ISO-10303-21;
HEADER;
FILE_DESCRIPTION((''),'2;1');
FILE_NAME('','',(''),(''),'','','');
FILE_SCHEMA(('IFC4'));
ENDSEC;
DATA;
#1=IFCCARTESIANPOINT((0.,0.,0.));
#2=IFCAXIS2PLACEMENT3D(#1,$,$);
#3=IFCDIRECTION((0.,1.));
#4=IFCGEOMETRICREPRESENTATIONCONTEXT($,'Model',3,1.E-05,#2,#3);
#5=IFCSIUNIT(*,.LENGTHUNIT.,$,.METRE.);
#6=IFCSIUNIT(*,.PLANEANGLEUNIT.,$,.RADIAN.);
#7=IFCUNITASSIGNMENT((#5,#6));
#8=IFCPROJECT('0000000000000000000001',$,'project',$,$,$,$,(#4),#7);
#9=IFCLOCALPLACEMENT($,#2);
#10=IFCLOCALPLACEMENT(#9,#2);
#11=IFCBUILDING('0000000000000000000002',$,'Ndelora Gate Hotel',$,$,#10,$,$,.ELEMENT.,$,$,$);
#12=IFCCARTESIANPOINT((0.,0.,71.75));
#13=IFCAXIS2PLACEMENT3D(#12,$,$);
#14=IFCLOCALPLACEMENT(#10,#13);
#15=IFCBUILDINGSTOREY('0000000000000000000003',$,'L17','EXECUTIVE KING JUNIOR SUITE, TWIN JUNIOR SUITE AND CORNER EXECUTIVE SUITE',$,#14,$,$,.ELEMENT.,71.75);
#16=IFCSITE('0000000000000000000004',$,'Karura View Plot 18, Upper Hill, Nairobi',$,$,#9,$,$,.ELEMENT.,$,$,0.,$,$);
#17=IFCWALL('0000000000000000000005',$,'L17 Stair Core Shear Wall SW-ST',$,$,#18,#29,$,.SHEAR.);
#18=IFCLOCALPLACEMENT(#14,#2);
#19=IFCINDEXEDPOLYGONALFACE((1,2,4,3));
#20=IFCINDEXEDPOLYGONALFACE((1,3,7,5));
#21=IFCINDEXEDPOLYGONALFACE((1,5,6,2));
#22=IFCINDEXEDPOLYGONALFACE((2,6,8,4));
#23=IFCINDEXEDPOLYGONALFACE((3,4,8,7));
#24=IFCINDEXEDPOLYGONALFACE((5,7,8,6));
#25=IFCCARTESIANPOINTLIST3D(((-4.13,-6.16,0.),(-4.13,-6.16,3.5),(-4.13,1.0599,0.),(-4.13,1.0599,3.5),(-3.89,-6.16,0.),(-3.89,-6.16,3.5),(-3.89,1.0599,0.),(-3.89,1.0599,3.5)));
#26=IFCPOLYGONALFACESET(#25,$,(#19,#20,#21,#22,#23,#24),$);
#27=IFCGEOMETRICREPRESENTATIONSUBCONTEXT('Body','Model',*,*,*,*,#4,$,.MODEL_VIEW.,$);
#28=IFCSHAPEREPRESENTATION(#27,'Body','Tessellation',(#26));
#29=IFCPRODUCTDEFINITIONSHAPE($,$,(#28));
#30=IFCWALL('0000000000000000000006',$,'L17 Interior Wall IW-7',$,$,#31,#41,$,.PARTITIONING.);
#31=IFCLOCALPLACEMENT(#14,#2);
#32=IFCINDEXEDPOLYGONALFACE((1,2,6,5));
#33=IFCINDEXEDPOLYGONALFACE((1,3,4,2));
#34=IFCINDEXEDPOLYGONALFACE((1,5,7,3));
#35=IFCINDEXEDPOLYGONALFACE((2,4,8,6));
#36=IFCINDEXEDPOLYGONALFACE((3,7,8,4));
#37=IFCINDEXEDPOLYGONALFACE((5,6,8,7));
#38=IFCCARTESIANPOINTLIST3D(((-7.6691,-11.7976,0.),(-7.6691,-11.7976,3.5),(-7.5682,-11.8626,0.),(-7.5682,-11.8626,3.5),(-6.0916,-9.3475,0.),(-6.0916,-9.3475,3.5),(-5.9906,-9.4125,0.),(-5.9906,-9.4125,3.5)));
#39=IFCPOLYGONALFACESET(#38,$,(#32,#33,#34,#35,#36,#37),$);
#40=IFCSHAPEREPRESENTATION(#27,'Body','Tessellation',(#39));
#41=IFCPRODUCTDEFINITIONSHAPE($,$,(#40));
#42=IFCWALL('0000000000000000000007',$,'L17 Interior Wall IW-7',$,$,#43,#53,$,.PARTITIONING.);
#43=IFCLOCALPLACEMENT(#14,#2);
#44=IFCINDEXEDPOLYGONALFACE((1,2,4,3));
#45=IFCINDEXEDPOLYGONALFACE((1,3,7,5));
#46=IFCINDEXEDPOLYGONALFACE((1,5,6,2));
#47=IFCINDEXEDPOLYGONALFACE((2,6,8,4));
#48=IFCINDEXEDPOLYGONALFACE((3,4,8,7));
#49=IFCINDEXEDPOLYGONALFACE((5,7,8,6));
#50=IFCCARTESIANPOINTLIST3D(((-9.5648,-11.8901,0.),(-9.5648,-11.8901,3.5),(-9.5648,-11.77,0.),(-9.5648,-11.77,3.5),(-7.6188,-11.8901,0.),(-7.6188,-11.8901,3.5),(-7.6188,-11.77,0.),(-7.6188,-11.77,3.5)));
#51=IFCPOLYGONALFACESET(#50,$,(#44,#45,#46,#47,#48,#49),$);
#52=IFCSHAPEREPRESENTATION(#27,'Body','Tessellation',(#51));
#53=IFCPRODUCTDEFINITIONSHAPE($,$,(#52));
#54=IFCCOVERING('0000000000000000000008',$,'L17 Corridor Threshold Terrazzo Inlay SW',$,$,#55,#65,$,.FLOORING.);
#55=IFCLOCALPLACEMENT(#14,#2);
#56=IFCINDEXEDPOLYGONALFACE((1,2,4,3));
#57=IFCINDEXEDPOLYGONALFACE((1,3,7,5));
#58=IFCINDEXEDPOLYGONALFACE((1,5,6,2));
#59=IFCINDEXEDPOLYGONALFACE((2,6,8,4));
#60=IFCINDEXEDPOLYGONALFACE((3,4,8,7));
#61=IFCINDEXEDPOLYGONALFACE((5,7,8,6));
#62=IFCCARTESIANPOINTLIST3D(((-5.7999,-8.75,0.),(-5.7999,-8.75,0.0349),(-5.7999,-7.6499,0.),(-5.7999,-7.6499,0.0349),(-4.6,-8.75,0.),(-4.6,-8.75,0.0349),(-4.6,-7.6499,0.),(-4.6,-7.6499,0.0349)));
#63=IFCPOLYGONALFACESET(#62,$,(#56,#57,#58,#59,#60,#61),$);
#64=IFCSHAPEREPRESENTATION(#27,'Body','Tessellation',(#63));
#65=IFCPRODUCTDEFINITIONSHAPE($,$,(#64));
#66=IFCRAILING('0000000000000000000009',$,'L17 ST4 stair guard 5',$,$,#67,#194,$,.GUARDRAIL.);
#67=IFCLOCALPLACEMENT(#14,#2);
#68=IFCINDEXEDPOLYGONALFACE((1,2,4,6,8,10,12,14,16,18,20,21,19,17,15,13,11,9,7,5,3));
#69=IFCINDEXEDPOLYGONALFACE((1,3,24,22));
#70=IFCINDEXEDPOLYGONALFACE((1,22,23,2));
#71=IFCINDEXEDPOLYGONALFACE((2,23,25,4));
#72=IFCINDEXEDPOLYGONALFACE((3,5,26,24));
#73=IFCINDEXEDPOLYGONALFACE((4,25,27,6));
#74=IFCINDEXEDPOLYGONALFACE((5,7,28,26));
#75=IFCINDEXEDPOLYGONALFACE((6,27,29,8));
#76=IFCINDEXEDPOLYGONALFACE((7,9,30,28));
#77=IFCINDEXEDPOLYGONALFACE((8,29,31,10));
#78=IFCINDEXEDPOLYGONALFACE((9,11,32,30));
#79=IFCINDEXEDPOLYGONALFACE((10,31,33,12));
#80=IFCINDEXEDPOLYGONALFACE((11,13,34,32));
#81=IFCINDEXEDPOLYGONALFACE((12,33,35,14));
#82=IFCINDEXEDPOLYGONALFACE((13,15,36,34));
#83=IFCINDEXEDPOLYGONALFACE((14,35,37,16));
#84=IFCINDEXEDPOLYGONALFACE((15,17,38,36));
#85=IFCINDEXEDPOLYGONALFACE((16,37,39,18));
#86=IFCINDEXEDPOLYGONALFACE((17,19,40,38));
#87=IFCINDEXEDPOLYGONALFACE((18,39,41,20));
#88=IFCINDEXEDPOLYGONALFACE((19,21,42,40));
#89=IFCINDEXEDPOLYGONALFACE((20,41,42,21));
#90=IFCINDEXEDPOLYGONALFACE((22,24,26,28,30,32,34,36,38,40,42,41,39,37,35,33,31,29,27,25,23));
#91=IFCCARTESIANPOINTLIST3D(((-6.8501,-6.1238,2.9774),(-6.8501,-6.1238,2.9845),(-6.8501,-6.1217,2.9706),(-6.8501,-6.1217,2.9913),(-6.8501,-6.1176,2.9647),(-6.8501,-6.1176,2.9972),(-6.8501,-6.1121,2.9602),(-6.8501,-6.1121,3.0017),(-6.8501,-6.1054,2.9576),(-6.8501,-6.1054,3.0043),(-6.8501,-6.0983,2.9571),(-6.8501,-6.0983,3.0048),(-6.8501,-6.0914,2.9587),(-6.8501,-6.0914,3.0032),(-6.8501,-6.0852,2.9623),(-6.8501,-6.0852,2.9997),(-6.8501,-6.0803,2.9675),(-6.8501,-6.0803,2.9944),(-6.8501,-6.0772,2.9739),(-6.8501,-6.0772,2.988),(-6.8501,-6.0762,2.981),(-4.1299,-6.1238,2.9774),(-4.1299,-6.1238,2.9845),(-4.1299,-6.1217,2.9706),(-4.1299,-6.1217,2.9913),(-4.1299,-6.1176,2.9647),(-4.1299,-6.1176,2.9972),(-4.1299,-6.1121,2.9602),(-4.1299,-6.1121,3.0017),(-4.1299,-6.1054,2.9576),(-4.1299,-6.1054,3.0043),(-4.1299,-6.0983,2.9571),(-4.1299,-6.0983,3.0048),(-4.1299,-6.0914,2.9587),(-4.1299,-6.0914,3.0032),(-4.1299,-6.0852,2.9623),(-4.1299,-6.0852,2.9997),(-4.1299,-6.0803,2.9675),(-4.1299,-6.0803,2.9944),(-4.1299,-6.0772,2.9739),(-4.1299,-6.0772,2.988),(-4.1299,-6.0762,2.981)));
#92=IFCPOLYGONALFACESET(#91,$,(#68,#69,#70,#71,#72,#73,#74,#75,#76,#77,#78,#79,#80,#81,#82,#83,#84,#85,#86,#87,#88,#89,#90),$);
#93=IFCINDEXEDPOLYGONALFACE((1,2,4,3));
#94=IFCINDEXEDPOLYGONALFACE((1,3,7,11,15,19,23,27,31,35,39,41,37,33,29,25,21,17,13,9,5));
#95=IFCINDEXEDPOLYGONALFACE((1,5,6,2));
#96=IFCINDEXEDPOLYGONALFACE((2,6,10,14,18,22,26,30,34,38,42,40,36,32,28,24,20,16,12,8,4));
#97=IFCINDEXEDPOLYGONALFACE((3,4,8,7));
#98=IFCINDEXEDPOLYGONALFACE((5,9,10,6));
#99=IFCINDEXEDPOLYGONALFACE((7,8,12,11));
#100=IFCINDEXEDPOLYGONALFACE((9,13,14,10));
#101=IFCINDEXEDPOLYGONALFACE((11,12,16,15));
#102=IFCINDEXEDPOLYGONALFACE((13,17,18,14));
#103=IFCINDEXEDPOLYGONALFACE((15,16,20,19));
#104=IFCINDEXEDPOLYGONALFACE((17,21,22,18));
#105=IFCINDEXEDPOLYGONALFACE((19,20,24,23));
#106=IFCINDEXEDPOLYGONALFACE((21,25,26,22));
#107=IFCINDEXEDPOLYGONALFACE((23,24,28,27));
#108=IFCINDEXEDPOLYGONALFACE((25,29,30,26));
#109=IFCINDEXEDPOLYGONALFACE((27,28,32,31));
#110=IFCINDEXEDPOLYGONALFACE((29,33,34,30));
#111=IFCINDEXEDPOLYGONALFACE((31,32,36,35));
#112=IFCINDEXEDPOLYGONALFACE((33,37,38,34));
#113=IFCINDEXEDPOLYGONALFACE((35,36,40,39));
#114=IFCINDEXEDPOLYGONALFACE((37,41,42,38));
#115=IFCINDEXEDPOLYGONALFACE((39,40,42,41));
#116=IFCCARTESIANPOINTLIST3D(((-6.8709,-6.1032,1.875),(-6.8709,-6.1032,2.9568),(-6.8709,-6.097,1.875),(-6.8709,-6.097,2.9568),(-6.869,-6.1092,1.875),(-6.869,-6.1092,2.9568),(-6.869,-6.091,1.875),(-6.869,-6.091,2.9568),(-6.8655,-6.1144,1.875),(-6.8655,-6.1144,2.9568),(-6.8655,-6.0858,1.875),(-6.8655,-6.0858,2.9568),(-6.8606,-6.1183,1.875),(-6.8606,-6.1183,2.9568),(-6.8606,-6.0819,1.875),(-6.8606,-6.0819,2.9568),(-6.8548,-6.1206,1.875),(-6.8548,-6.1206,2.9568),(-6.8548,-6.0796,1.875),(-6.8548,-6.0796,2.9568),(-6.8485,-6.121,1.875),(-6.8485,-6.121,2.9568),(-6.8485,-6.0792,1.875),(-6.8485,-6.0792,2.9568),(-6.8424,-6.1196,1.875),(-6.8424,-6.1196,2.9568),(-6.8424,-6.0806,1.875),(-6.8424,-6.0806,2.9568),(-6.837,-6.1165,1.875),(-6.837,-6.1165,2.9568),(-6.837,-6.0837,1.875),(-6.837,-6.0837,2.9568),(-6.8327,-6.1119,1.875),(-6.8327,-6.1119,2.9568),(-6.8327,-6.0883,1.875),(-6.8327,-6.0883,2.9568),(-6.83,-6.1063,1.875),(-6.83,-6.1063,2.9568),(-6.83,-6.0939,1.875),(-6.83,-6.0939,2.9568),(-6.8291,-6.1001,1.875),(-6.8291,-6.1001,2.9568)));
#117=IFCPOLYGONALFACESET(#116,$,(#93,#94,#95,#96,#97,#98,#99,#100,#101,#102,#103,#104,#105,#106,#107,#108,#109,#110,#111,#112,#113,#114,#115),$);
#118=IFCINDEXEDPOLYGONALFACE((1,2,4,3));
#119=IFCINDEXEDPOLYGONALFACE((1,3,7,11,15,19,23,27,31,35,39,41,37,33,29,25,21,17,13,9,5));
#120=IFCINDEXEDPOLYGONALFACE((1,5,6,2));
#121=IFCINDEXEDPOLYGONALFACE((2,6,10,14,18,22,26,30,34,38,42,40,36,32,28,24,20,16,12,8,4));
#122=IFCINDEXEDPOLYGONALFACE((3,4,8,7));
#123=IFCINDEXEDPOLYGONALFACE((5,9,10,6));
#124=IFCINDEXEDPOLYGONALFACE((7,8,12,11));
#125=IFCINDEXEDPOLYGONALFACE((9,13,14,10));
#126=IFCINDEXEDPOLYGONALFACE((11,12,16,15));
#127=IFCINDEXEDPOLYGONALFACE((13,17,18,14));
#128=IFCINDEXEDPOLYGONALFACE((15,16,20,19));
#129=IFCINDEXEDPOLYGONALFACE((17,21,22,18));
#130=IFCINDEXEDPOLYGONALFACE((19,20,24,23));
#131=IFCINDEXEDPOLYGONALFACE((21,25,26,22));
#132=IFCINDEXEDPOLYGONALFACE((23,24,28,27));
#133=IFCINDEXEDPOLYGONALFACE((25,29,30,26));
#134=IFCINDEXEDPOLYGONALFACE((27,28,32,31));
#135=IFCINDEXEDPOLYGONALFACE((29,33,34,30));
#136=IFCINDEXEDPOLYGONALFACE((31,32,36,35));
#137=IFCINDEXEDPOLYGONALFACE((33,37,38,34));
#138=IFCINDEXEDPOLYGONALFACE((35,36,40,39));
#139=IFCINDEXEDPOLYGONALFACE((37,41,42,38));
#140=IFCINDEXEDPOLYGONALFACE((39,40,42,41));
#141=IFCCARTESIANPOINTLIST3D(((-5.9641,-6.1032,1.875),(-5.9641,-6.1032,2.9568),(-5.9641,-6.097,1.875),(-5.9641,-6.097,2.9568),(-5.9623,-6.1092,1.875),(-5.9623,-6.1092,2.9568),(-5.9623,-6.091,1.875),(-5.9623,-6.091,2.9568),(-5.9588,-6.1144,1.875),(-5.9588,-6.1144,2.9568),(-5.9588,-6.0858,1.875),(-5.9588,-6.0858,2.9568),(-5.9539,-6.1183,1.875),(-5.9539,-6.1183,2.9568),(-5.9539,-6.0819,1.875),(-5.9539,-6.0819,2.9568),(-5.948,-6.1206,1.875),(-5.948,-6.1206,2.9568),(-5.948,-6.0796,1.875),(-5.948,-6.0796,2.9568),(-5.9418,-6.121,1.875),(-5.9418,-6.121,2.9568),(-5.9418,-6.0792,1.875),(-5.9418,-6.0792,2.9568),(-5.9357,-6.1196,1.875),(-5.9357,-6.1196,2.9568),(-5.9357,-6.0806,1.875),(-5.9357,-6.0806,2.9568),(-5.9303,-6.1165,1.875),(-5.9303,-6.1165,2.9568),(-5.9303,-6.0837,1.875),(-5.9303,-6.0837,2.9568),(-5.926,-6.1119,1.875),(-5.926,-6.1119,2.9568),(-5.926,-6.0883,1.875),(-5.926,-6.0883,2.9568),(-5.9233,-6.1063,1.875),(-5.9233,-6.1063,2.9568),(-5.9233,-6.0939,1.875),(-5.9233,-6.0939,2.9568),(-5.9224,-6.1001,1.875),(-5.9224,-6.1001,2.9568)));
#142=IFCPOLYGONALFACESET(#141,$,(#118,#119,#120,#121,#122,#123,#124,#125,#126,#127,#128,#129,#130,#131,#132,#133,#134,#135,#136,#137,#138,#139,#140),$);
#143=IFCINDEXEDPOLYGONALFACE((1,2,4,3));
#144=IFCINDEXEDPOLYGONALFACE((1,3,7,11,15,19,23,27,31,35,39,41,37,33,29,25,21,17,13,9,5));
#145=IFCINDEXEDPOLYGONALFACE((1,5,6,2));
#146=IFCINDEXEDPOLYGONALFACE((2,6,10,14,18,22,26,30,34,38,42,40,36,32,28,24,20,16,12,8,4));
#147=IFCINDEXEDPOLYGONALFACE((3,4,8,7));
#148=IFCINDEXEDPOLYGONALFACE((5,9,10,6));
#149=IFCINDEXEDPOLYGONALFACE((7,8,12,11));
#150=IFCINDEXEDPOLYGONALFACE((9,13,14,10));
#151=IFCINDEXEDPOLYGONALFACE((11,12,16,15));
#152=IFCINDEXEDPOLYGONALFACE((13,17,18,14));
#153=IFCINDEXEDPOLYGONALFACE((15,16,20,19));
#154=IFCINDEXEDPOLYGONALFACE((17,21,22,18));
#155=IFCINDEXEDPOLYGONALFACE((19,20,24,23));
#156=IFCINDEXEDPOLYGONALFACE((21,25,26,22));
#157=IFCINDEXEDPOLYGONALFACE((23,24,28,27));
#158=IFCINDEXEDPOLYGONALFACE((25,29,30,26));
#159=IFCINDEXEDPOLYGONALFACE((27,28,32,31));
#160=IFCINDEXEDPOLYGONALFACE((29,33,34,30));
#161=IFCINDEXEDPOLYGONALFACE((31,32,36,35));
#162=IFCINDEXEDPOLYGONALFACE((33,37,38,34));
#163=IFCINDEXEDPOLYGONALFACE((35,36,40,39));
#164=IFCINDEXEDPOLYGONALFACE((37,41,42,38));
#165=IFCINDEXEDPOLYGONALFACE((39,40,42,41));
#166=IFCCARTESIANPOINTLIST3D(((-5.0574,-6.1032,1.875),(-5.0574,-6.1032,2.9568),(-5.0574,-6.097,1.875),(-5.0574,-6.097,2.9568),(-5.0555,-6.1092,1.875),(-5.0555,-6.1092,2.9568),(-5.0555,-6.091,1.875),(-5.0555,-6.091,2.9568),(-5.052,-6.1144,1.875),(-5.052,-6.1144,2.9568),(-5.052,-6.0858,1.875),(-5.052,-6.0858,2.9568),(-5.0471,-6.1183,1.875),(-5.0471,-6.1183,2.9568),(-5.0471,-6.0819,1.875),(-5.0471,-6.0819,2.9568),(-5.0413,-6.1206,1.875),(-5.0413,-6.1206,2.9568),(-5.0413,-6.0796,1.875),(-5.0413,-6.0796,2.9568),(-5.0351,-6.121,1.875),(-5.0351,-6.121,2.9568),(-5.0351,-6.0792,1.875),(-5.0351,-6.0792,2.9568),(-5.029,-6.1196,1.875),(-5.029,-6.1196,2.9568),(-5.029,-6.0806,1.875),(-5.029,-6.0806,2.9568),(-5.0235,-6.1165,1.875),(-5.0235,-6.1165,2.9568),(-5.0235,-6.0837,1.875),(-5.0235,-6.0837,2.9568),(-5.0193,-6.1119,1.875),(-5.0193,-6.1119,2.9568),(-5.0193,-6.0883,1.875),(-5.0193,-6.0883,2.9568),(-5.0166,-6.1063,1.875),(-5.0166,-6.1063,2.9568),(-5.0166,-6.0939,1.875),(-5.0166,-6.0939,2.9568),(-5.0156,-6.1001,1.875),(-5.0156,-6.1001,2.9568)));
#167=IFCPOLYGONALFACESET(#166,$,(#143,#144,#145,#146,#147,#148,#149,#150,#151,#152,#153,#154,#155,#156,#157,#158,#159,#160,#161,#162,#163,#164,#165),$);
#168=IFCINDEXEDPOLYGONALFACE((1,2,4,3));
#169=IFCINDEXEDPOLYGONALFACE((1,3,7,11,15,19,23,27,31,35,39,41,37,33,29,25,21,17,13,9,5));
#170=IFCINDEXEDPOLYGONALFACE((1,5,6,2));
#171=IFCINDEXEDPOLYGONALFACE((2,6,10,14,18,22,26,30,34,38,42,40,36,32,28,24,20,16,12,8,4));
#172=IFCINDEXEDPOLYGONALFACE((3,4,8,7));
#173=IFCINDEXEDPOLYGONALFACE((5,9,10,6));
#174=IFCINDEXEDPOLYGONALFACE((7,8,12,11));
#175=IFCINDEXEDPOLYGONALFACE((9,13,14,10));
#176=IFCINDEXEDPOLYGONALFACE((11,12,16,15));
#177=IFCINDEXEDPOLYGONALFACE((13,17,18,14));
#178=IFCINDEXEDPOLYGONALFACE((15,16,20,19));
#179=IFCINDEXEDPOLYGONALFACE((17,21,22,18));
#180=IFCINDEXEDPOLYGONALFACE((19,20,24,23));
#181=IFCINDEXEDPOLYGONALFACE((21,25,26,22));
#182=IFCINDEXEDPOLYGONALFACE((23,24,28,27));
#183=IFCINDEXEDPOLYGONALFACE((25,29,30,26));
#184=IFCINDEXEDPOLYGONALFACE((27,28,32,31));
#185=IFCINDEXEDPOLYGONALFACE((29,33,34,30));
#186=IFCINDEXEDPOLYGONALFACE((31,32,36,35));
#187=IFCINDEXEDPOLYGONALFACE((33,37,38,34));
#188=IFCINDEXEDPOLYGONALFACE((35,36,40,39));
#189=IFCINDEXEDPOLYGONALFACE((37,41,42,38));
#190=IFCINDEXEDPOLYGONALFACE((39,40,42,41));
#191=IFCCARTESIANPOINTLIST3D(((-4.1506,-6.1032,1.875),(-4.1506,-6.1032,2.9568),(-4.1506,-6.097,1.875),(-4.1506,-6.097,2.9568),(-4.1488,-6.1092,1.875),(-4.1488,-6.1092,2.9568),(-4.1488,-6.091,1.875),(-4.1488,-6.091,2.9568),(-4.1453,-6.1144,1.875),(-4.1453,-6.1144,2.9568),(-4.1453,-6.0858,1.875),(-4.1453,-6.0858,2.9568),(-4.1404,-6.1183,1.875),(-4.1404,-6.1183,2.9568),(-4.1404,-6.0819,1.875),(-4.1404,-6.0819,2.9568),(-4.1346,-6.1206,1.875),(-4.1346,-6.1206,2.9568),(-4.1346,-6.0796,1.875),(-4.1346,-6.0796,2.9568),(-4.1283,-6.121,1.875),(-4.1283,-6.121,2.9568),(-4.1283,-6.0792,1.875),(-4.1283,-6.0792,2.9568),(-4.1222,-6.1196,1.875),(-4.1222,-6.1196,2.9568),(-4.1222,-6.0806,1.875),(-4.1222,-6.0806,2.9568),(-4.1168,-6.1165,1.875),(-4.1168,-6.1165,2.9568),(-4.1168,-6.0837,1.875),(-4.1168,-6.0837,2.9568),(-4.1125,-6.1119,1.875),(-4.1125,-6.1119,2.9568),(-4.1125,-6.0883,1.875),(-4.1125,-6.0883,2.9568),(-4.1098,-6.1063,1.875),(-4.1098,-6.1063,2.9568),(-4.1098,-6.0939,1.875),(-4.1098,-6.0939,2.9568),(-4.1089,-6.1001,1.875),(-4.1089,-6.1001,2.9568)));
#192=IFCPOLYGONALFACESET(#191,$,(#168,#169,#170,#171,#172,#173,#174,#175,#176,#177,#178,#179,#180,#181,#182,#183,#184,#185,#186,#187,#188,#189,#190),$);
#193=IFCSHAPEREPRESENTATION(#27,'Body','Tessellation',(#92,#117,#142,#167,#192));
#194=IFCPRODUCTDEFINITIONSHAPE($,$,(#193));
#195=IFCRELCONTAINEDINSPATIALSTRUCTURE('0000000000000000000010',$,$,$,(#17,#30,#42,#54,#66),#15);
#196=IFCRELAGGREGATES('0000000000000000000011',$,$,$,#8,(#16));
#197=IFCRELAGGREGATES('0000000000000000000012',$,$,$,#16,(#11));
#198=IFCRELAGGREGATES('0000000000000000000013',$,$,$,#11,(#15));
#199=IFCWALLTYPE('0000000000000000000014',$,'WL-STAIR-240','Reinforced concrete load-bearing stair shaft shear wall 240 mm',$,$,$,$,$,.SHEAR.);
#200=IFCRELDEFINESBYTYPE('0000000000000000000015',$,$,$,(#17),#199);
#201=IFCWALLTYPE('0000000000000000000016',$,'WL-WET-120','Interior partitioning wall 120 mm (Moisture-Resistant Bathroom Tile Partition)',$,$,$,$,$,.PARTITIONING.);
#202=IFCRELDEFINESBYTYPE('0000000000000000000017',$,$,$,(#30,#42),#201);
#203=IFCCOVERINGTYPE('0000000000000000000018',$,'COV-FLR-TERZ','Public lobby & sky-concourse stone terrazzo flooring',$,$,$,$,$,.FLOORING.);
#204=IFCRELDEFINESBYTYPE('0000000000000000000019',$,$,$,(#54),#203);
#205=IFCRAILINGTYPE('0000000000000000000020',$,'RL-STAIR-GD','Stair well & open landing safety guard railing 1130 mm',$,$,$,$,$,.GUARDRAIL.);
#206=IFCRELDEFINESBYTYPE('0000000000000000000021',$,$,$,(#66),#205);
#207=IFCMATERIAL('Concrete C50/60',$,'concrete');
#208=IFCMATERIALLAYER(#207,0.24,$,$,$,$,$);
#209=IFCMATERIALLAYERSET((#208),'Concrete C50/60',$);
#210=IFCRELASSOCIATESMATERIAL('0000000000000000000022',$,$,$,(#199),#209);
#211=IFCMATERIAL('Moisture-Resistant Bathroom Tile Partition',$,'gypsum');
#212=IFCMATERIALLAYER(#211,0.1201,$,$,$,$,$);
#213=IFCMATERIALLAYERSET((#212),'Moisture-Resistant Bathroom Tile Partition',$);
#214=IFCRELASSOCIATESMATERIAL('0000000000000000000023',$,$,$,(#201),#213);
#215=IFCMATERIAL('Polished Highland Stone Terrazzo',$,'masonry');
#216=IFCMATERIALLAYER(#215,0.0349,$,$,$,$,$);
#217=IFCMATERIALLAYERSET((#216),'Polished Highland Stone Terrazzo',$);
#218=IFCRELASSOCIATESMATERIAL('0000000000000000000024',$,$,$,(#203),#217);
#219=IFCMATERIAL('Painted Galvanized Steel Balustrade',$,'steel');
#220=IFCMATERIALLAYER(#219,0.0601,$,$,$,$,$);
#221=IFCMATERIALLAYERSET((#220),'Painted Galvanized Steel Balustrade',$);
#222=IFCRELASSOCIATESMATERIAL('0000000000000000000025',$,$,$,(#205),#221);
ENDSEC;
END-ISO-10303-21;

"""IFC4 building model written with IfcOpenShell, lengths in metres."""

from ifc_helpers import new_model, si_unit, direction, frame, frame_2d, origin, origin_2d, place, context, subcontext, project, spatial, rectangle, circle, extrude, material, layer, layer_set, type_object, element, save


model = new_model("IFC4")

# Units and contexts
model_context = context("Model", 3, precision=1e-05, world=origin(), true_north=direction((0.0, 1.0)))
body_context = subcontext(model_context, "Body", "Model", "MODEL_VIEW")
ifc_project = project(units=[si_unit("LENGTHUNIT", "METRE"), si_unit("PLANEANGLEUNIT", "RADIAN")], contexts=[model_context])

# Site, building, storey
site_placement = place(None, origin())
site = spatial("IfcSite", under=ifc_project, at=site_placement, Name="Karura View Plot 18, Upper Hill, Nairobi", CompositionType="ELEMENT", RefElevation=0.0)
building_placement = place(site_placement, origin())
building = spatial("IfcBuilding", under=site, at=building_placement, Name="Ndelora Gate Hotel", CompositionType="ELEMENT")
storey_placement = place(building_placement, frame((0.0, 0.0, 71.75)))
storey = spatial("IfcBuildingStorey", under=building, at=storey_placement, Name="L17", Description="EXECUTIVE KING JUNIOR SUITE, TWIN JUNIOR SUITE AND CORNER EXECUTIVE SUITE", CompositionType="ELEMENT", Elevation=71.75)

# Walls
ifc_material_1 = material(Name="Concrete C50/60", Category="concrete")
ifc_layer_1 = layer(ifc_material_1, 0.24)
ifc_layer_set_1 = layer_set([ifc_layer_1], Name="Concrete C50/60")
wall_type_1 = type_object("IfcWallType", Name="WL-STAIR-240", Description="Reinforced concrete load-bearing stair shaft shear wall 240 mm", PredefinedType="SHEAR", material=ifc_layer_set_1)
wall_1_placement = place(storey_placement, frame((-4.01, -6.1599, 0.0), z_axis=(0.0, 0.0, 1.0), x_axis=(0.0, 1.0, 0.0)))
element("IfcWall", 1, at=wall_1_placement, inside=storey, type_object=wall_type_1, Name="L17 Stair Core Shear Wall SW-ST", PredefinedType="SHEAR", context=body_context, shape_type="SweptSolid", body=[
    extrude(rectangle(XDim=7.22, YDim=0.24, at=frame_2d((3.6099, 0.0))), origin(), (0.0, 0.0, 1.0), 3.5),
])
ifc_material_2 = material(Name="Moisture-Resistant Bathroom Tile Partition", Category="gypsum")
ifc_layer_2 = layer(ifc_material_2, 0.1201)
ifc_layer_set_2 = layer_set([ifc_layer_2], Name="Moisture-Resistant Bathroom Tile Partition")
wall_type_2 = type_object("IfcWallType", Name="WL-WET-120", Description="Interior partitioning wall 120 mm (Moisture-Resistant Bathroom Tile Partition)", PredefinedType="PARTITIONING", material=ifc_layer_set_2)
wall_2_placement = place(storey_placement, frame((-7.6187, -11.8301, 0.0), z_axis=(0.0, 0.0, 1.0), x_axis=(0.541367, 0.840786, 0.0)))
element("IfcWall", 2, at=wall_2_placement, inside=storey, type_object=wall_type_2, Name="L17 Interior Wall IW-7", PredefinedType="PARTITIONING", context=body_context, shape_type="SweptSolid", body=[
    extrude(rectangle(XDim=2.9141, YDim=0.1201, at=frame_2d((1.457, 0.0))), origin(), (0.0, 0.0, 1.0), 3.5),
])
wall_3_placement = place(storey_placement, frame((-7.6187, -11.8301, 0.0), z_axis=(0.0, 0.0, 1.0), x_axis=(-1.0, 0.0, 0.0)))
element("IfcWall", 3, at=wall_3_placement, inside=storey, type_object=wall_type_2, Name="L17 Interior Wall IW-7", PredefinedType="PARTITIONING", context=body_context, shape_type="SweptSolid", body=[
    extrude(rectangle(XDim=1.946, YDim=0.1201, at=frame_2d((0.9731, 0.0))), origin(), (0.0, 0.0, 1.0), 3.5),
])

# Covering
ifc_material_3 = material(Name="Polished Highland Stone Terrazzo", Category="masonry")
ifc_layer_3 = layer(ifc_material_3, 0.0349)
ifc_layer_set_3 = layer_set([ifc_layer_3], Name="Polished Highland Stone Terrazzo")
covering_type = type_object("IfcCoveringType", Name="COV-FLR-TERZ", Description="Public lobby & sky-concourse stone terrazzo flooring", PredefinedType="FLOORING", material=ifc_layer_set_3)
covering_placement = place(storey_placement, frame((-5.2, -8.2, 0.0), z_axis=(0.0, 0.0, 1.0), x_axis=(1.0, 0.0, 0.0)))
element("IfcCovering", 4, at=covering_placement, inside=storey, type_object=covering_type, Name="L17 Corridor Threshold Terrazzo Inlay SW", PredefinedType="FLOORING", context=body_context, shape_type="SweptSolid", body=[
    extrude(rectangle(XDim=1.2, YDim=1.1001, at=origin_2d()), origin(), (0.0, 0.0, 1.0), 0.0349),
])

# Railing
ifc_material_4 = material(Name="Painted Galvanized Steel Balustrade", Category="steel")
ifc_layer_4 = layer(ifc_material_4, 0.0601)
ifc_layer_set_4 = layer_set([ifc_layer_4], Name="Painted Galvanized Steel Balustrade")
railing_type = type_object("IfcRailingType", Name="RL-STAIR-GD", Description="Stair well & open landing safety guard railing 1130 mm", PredefinedType="GUARDRAIL", material=ifc_layer_set_4)
railing_1_placement = place(storey_placement, frame((-6.8501, -6.1001, 1.875)))
element("IfcRailing", 5, at=railing_1_placement, inside=storey, type_object=railing_type, Name="L17 ST4 stair guard 5", PredefinedType="GUARDRAIL", context=body_context, shape_type="SweptSolid", body=[
    extrude(circle(Radius=0.0239, at=origin_2d()), frame((0.0, 0.0, 1.106), z_axis=(1.0, 0.0, 0.0), x_axis=(0.0, 1.0, 0.0)), (0.0, 0.0, 1.0), 2.7202),
    extrude(circle(Radius=0.021, at=origin_2d()), origin(), (0.0, 0.0, 1.0), 1.0818),
    extrude(circle(Radius=0.021, at=origin_2d()), frame((0.9067, 0.0, 0.0)), (0.0, 0.0, 1.0), 1.0818),
    extrude(circle(Radius=0.021, at=origin_2d()), frame((1.8135, 0.0, 0.0)), (0.0, 0.0, 1.0), 1.0818),
    extrude(circle(Radius=0.021, at=origin_2d()), frame((2.7202, 0.0, 0.0)), (0.0, 0.0, 1.0), 1.0818),
])

save(model, "model.ifc")
